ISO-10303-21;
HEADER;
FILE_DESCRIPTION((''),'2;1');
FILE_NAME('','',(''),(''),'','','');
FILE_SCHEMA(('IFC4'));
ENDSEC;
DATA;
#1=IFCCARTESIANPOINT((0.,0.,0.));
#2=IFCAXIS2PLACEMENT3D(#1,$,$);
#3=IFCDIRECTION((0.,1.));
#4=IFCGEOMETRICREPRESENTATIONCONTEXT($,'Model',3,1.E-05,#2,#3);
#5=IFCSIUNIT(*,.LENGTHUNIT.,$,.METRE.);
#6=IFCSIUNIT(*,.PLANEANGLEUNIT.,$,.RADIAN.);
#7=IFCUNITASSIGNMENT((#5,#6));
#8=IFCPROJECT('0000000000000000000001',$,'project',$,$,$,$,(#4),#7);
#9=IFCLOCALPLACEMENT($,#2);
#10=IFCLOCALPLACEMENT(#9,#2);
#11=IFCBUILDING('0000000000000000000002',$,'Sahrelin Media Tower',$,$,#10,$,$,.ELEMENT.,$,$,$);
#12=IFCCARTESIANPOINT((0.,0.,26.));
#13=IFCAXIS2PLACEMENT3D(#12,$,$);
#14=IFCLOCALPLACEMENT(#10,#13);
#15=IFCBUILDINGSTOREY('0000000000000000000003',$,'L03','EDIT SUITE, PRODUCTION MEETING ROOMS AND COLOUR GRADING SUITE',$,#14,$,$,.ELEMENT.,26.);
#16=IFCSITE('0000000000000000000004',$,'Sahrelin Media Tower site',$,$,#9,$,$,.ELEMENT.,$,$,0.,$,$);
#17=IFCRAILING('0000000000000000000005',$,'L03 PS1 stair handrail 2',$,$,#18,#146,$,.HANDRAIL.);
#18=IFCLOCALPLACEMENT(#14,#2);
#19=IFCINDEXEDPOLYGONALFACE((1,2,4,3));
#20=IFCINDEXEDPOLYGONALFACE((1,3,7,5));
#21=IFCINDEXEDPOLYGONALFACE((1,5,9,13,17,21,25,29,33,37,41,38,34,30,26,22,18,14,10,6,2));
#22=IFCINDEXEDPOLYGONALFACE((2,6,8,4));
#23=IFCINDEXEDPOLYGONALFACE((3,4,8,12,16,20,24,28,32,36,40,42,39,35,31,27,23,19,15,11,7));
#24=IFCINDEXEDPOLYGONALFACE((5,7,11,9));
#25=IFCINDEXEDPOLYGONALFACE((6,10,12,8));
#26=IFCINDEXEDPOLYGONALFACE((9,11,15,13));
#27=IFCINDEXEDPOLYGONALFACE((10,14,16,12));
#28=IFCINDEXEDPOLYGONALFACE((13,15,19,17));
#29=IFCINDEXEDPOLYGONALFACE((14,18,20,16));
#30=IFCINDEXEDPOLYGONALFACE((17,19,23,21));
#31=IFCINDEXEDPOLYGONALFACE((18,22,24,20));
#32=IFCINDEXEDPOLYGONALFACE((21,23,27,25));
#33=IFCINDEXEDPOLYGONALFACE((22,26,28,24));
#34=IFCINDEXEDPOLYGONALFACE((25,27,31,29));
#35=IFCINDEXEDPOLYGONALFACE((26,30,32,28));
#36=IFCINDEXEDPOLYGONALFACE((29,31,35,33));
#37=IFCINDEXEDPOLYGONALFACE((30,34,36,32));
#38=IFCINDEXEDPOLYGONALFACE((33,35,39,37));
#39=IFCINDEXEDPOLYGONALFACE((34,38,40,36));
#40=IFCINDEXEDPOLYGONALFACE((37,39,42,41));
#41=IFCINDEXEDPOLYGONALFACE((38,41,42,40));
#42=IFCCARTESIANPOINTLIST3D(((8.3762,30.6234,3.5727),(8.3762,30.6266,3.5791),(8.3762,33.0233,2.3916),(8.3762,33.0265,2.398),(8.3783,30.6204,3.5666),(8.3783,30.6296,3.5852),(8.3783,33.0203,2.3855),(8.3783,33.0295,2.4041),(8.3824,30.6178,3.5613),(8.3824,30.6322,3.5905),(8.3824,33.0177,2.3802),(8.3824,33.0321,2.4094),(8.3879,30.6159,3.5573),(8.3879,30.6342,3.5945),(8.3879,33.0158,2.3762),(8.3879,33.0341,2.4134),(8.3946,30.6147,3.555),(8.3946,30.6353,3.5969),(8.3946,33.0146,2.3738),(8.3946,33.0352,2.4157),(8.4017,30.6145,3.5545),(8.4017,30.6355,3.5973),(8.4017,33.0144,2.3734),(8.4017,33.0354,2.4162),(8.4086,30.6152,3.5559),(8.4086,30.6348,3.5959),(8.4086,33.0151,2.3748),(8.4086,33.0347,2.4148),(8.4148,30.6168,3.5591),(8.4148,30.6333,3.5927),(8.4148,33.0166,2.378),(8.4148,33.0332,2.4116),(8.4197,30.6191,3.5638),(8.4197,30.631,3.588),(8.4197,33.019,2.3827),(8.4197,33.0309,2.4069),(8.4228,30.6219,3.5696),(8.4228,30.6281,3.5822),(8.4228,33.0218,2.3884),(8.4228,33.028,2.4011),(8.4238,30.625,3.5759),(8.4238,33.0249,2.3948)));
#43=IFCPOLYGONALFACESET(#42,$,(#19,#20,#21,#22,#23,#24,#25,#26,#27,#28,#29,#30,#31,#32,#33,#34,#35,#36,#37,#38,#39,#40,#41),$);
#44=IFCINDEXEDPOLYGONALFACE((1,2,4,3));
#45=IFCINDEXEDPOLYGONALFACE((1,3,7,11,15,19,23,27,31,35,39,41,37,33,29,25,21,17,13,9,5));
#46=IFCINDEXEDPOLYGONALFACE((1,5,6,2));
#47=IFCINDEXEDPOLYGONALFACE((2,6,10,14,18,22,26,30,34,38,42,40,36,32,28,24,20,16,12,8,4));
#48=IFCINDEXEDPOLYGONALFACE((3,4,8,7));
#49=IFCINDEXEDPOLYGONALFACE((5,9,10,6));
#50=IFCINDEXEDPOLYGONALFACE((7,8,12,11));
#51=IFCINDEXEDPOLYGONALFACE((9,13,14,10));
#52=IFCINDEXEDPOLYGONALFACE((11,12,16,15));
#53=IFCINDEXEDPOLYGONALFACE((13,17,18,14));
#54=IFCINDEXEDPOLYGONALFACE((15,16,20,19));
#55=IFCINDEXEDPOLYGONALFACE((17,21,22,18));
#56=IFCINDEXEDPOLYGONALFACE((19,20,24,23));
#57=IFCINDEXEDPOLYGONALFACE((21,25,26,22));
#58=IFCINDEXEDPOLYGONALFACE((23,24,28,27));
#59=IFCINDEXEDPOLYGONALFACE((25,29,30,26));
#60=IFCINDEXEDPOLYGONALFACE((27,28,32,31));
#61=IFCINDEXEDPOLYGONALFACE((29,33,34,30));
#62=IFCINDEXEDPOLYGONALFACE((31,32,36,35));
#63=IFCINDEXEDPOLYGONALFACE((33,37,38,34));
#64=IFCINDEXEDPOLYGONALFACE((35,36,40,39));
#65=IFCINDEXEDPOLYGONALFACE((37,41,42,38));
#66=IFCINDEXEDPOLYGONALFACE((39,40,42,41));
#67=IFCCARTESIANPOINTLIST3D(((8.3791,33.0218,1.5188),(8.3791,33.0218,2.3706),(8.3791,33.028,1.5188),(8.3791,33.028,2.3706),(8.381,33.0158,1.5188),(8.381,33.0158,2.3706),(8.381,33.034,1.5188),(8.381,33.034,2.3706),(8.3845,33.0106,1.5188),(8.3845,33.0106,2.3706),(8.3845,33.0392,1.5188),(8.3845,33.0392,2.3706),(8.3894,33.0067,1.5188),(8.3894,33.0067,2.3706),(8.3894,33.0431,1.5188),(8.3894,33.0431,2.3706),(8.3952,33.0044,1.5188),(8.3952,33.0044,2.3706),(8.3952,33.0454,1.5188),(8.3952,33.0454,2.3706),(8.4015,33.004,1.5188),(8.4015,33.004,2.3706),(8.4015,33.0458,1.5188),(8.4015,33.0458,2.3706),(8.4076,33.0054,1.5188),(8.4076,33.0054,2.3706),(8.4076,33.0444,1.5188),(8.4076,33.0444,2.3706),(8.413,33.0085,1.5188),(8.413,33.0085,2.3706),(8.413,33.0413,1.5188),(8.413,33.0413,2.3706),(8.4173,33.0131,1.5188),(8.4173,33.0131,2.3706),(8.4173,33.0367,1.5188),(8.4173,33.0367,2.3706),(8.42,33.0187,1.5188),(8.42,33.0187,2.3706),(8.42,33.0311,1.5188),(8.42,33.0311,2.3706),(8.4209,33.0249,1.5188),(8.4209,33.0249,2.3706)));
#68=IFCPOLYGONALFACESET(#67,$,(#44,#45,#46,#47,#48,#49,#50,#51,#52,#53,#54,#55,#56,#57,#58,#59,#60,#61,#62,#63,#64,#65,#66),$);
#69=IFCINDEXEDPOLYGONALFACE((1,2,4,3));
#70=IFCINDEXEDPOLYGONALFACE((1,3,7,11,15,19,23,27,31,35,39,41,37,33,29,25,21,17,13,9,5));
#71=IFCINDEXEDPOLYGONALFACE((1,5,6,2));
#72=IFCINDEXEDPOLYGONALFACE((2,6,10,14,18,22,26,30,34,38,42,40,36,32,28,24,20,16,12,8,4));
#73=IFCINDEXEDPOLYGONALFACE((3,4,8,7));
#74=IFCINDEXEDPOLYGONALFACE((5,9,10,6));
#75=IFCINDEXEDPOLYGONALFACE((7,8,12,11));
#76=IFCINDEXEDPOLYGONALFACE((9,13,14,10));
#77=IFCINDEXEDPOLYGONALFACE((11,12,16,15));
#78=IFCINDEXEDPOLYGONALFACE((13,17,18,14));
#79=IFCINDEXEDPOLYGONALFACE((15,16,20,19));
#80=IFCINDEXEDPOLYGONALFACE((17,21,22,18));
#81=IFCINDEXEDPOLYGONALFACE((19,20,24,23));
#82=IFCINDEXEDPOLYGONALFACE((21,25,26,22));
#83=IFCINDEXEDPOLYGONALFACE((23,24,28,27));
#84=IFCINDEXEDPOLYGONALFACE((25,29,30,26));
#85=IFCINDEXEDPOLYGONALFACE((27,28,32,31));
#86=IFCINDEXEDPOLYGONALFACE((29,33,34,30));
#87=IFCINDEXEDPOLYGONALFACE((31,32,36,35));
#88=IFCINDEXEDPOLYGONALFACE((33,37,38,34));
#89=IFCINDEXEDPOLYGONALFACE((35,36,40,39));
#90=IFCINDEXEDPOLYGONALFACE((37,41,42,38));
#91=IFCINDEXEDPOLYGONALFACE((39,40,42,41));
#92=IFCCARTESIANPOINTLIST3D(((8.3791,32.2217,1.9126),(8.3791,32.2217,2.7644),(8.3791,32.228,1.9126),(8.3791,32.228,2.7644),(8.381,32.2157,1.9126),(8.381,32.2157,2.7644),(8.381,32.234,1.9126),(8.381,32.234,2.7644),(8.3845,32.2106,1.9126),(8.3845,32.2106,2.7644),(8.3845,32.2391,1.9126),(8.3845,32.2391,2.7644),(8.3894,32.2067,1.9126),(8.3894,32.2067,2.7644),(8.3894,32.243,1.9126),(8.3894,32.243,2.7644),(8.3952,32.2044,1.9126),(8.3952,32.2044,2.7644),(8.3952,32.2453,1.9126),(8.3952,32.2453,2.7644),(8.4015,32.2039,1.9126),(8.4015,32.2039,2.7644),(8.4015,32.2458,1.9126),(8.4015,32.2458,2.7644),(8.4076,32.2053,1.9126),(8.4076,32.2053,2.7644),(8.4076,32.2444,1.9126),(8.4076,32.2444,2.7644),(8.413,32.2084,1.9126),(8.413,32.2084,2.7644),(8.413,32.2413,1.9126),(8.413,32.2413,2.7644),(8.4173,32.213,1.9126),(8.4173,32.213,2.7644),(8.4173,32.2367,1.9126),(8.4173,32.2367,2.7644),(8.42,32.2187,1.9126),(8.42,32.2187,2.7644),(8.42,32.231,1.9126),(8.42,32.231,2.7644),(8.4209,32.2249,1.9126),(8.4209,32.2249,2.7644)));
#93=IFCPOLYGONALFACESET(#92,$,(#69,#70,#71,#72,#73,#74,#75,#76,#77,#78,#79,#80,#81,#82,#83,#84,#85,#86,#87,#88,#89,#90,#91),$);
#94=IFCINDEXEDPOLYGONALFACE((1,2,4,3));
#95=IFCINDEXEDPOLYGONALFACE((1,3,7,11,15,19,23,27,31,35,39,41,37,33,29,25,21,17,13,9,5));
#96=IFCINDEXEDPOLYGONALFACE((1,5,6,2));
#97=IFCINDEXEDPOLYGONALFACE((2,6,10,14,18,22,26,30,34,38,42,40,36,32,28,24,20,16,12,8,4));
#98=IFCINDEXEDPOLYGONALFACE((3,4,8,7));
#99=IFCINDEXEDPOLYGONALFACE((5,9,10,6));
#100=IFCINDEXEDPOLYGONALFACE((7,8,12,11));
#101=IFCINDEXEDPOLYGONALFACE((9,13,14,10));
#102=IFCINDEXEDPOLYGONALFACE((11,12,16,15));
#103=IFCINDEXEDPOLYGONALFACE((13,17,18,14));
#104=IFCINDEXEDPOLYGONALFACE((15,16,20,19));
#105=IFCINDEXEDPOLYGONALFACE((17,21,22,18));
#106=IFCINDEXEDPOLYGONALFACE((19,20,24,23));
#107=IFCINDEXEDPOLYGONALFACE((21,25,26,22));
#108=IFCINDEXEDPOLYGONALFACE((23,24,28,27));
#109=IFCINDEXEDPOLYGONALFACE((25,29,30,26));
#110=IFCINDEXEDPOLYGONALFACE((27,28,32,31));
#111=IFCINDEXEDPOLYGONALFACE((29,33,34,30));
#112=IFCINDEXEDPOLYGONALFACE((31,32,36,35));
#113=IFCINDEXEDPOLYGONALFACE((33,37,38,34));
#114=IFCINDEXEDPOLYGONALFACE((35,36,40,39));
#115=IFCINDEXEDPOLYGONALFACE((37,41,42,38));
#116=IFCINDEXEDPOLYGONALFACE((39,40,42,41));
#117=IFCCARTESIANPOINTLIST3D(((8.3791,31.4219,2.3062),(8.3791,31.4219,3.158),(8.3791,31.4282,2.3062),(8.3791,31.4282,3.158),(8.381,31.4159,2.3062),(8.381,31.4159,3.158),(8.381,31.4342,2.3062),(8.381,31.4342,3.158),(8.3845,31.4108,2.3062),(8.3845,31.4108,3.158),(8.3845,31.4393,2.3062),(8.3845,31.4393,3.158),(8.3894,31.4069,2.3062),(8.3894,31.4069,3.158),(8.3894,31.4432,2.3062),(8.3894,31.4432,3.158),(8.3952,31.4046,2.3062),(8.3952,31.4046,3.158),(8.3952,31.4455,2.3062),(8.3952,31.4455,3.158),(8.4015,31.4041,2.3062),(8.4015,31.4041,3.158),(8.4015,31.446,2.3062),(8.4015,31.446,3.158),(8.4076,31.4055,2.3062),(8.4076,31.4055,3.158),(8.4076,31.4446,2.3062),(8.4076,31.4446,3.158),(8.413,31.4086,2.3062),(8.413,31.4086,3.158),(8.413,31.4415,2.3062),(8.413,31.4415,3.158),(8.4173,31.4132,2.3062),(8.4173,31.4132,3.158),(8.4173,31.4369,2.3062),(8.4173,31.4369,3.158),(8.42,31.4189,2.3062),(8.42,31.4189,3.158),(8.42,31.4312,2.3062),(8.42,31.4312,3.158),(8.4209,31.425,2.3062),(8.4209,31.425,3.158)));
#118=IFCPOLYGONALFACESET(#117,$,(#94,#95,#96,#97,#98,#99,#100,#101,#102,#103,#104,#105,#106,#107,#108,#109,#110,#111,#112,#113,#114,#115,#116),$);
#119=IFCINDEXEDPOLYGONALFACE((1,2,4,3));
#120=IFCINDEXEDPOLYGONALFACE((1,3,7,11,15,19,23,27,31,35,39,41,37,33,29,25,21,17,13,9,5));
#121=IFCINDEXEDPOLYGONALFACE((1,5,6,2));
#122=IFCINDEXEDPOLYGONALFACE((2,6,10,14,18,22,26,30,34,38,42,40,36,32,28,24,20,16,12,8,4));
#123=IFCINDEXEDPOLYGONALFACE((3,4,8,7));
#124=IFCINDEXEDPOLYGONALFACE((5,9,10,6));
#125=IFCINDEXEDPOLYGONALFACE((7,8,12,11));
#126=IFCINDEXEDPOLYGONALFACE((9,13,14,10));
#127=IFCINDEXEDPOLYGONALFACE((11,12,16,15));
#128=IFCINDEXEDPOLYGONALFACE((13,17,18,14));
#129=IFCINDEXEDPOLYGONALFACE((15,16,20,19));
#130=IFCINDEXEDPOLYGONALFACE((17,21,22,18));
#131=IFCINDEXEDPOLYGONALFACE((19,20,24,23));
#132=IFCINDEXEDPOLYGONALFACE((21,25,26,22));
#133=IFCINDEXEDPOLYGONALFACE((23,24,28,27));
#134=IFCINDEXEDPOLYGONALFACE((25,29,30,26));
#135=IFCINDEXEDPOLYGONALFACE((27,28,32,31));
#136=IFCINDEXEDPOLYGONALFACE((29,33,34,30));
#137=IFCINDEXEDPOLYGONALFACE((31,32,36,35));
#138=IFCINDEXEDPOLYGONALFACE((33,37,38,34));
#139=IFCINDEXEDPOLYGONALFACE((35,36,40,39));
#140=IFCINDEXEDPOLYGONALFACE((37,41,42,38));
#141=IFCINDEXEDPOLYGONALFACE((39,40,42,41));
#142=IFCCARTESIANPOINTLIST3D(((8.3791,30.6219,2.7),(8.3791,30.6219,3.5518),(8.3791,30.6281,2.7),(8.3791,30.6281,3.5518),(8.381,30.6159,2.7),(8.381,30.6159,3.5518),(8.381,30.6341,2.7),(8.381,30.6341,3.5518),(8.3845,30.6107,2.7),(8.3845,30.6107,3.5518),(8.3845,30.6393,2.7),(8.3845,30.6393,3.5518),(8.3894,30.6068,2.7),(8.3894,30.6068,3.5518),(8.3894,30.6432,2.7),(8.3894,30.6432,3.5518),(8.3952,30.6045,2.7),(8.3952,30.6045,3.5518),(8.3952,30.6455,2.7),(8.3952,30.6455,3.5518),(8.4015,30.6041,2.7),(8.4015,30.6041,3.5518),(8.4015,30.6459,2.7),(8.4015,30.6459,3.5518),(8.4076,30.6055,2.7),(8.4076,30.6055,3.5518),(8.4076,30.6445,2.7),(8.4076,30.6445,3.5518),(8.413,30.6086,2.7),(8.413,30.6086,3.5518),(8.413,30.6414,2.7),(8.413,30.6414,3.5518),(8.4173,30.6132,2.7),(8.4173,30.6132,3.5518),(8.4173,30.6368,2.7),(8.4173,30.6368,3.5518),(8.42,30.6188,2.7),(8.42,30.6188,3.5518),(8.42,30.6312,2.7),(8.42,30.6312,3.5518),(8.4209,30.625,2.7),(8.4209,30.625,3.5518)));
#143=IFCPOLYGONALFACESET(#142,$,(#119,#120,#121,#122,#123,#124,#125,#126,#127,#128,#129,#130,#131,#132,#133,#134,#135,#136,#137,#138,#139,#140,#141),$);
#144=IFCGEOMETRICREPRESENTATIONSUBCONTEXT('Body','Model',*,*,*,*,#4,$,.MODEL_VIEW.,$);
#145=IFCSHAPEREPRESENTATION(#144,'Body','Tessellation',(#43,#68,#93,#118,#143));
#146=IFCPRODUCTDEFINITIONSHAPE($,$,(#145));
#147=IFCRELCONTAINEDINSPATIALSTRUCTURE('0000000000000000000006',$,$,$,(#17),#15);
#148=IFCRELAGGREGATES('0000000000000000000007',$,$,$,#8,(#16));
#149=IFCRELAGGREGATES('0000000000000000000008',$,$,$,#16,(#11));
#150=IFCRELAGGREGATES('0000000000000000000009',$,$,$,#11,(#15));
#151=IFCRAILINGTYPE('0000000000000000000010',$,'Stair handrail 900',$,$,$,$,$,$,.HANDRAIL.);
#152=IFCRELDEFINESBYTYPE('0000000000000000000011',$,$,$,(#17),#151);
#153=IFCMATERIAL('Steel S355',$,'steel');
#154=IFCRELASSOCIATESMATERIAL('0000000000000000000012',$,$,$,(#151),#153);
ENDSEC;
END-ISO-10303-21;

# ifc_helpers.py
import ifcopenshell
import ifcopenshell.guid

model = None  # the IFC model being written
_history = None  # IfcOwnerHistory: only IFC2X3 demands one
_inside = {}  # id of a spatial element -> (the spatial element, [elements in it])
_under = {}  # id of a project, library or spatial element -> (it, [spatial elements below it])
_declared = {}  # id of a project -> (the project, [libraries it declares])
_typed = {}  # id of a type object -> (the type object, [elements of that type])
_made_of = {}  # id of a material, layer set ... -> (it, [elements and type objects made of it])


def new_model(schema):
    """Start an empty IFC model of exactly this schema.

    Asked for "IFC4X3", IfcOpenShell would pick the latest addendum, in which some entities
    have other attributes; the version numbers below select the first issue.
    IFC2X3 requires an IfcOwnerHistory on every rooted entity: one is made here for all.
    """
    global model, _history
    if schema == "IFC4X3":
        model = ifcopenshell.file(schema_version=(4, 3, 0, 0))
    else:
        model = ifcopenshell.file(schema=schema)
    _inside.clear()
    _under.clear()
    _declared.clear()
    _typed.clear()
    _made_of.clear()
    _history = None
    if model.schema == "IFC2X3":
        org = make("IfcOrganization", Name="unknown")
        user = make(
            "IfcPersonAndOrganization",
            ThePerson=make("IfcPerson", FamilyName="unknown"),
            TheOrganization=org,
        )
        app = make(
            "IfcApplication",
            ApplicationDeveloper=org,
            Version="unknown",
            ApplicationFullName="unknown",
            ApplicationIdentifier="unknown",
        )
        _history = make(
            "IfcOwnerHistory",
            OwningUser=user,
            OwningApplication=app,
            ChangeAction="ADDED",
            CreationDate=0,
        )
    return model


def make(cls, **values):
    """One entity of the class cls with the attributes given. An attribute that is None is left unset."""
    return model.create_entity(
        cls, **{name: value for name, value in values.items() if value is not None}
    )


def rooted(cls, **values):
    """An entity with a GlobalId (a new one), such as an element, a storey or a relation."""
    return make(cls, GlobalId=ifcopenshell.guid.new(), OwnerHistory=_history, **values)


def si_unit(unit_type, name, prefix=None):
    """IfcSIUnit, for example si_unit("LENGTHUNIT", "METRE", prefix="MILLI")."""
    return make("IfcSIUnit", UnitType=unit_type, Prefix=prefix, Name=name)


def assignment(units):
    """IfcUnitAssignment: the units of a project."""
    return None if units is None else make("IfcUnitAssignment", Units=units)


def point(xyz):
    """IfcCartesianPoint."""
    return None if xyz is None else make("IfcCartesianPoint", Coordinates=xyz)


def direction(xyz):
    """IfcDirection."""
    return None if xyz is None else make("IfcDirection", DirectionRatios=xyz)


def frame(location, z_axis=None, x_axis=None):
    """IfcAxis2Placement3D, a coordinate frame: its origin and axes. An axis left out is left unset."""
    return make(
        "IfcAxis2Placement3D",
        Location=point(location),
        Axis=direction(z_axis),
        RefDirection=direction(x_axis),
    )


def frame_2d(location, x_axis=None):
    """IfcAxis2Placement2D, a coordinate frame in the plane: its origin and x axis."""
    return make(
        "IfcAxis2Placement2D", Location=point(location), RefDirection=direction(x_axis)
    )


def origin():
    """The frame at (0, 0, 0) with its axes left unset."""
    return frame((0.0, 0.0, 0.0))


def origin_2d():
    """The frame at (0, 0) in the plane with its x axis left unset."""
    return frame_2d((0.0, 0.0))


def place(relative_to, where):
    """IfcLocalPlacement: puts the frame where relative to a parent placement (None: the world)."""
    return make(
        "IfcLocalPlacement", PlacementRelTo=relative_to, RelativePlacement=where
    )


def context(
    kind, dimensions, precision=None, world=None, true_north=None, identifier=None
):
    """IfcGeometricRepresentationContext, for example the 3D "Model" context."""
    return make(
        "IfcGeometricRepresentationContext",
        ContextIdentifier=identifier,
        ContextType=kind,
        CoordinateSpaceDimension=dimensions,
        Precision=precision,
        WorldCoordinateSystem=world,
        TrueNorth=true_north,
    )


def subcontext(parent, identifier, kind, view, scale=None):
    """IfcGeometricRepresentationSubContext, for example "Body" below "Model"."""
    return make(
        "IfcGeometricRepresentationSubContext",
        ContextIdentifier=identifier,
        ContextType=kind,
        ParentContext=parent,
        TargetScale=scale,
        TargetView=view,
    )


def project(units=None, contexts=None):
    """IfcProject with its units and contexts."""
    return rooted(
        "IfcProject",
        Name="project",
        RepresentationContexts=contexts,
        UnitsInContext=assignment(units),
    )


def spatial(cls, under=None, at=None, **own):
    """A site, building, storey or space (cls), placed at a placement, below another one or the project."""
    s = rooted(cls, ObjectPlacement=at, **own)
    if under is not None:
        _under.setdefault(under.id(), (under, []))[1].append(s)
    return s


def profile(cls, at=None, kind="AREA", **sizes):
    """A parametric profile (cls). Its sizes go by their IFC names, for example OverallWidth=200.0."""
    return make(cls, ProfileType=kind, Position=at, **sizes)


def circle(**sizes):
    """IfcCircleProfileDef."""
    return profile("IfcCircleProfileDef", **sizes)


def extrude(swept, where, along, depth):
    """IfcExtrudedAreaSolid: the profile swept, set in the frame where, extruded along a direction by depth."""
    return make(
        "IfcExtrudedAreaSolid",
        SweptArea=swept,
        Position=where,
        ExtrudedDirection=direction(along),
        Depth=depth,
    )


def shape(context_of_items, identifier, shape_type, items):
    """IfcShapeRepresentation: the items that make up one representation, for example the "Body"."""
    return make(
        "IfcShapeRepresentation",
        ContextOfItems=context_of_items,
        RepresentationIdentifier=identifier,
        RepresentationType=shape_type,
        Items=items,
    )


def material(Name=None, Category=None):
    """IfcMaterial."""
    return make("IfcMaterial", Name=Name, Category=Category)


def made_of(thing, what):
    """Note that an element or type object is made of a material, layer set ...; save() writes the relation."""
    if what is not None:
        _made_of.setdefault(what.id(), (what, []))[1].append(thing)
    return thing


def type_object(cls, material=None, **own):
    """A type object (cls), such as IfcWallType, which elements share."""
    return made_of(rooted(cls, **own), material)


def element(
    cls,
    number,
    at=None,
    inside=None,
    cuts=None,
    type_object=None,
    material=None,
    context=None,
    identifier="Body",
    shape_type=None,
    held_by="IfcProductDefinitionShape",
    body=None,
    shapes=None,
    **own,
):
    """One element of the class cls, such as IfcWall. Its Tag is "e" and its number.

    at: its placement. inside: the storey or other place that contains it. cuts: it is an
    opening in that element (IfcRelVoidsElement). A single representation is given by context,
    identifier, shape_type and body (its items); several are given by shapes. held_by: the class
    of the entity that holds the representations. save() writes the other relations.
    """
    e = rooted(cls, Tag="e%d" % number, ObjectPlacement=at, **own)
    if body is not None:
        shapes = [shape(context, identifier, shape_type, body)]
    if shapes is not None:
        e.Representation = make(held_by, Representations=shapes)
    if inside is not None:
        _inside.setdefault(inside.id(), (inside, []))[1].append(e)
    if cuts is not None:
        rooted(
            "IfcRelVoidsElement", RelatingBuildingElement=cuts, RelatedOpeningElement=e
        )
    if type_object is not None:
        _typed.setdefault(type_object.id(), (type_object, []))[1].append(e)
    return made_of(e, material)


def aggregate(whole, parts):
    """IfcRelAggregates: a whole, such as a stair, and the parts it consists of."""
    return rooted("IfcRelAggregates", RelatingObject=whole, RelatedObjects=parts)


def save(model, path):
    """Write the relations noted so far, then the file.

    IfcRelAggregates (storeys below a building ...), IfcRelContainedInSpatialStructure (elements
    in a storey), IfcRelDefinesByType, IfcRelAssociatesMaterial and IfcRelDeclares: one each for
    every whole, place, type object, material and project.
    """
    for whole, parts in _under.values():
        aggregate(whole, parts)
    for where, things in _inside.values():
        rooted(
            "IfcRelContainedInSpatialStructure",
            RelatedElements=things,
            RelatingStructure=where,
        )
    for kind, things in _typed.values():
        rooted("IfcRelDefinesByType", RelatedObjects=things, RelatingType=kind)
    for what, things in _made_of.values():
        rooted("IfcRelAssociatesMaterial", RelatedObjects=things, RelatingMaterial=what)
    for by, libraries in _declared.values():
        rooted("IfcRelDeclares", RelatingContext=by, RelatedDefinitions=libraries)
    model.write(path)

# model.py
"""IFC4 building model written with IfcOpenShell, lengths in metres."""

from ifc_helpers import new_model, si_unit, direction, frame, origin, origin_2d, place, context, subcontext, project, spatial, circle, extrude, material, type_object, element, save


model = new_model("IFC4")

# Units and contexts
model_context = context("Model", 3, precision=1e-05, world=origin(), true_north=direction((0.0, 1.0)))
body_context = subcontext(model_context, "Body", "Model", "MODEL_VIEW")
ifc_project = project(units=[si_unit("LENGTHUNIT", "METRE"), si_unit("PLANEANGLEUNIT", "RADIAN")], contexts=[model_context])

# Site, building, storey
site_placement = place(None, origin())
site = spatial("IfcSite", under=ifc_project, at=site_placement, Name="Sahrelin Media Tower site", CompositionType="ELEMENT", RefElevation=0.0)
building_placement = place(site_placement, origin())
building = spatial("IfcBuilding", under=site, at=building_placement, Name="Sahrelin Media Tower", CompositionType="ELEMENT")
storey_placement = place(building_placement, frame((0.0, 0.0, 26.0)))
storey = spatial("IfcBuildingStorey", under=building, at=storey_placement, Name="L03", Description="EDIT SUITE, PRODUCTION MEETING ROOMS AND COLOUR GRADING SUITE", CompositionType="ELEMENT", Elevation=26.0)

# Shared definitions
ifc_material_1 = material(Name="Steel S355", Category="steel")

# Railing
railing_type_1 = type_object("IfcRailingType", Name="Stair handrail 900", PredefinedType="HANDRAIL", material=ifc_material_1)
railing_1_placement = place(storey_placement, frame((8.3999, 33.0249, 1.5188)))
element("IfcRailing", 1, at=railing_1_placement, inside=storey, type_object=railing_type_1, Name="L03 PS1 stair handrail 2", PredefinedType="HANDRAIL", context=body_context, shape_type="SweptSolid", body=[
    extrude(circle(Radius=0.0239, at=origin_2d()), frame((0.0, 0.0, 0.876), z_axis=(0.0, -0.897221, 0.441582), x_axis=(1.0, 0.0, 0.0)), (0.0, 0.0, 1.0), 2.6748),
    extrude(circle(Radius=0.021, at=origin_2d()), origin(), (0.0, 0.0, 1.0), 0.8518),
    extrude(circle(Radius=0.021, at=origin_2d()), frame((0.0, -0.8, 0.3938)), (0.0, 0.0, 1.0), 0.8518),
    extrude(circle(Radius=0.021, at=origin_2d()), frame((0.0, -1.5999, 0.7874)), (0.0, 0.0, 1.0), 0.8518),
    extrude(circle(Radius=0.021, at=origin_2d()), frame((0.0, -2.3999, 1.1812)), (0.0, 0.0, 1.0), 0.8518),
])

save(model, "model.ifc")
